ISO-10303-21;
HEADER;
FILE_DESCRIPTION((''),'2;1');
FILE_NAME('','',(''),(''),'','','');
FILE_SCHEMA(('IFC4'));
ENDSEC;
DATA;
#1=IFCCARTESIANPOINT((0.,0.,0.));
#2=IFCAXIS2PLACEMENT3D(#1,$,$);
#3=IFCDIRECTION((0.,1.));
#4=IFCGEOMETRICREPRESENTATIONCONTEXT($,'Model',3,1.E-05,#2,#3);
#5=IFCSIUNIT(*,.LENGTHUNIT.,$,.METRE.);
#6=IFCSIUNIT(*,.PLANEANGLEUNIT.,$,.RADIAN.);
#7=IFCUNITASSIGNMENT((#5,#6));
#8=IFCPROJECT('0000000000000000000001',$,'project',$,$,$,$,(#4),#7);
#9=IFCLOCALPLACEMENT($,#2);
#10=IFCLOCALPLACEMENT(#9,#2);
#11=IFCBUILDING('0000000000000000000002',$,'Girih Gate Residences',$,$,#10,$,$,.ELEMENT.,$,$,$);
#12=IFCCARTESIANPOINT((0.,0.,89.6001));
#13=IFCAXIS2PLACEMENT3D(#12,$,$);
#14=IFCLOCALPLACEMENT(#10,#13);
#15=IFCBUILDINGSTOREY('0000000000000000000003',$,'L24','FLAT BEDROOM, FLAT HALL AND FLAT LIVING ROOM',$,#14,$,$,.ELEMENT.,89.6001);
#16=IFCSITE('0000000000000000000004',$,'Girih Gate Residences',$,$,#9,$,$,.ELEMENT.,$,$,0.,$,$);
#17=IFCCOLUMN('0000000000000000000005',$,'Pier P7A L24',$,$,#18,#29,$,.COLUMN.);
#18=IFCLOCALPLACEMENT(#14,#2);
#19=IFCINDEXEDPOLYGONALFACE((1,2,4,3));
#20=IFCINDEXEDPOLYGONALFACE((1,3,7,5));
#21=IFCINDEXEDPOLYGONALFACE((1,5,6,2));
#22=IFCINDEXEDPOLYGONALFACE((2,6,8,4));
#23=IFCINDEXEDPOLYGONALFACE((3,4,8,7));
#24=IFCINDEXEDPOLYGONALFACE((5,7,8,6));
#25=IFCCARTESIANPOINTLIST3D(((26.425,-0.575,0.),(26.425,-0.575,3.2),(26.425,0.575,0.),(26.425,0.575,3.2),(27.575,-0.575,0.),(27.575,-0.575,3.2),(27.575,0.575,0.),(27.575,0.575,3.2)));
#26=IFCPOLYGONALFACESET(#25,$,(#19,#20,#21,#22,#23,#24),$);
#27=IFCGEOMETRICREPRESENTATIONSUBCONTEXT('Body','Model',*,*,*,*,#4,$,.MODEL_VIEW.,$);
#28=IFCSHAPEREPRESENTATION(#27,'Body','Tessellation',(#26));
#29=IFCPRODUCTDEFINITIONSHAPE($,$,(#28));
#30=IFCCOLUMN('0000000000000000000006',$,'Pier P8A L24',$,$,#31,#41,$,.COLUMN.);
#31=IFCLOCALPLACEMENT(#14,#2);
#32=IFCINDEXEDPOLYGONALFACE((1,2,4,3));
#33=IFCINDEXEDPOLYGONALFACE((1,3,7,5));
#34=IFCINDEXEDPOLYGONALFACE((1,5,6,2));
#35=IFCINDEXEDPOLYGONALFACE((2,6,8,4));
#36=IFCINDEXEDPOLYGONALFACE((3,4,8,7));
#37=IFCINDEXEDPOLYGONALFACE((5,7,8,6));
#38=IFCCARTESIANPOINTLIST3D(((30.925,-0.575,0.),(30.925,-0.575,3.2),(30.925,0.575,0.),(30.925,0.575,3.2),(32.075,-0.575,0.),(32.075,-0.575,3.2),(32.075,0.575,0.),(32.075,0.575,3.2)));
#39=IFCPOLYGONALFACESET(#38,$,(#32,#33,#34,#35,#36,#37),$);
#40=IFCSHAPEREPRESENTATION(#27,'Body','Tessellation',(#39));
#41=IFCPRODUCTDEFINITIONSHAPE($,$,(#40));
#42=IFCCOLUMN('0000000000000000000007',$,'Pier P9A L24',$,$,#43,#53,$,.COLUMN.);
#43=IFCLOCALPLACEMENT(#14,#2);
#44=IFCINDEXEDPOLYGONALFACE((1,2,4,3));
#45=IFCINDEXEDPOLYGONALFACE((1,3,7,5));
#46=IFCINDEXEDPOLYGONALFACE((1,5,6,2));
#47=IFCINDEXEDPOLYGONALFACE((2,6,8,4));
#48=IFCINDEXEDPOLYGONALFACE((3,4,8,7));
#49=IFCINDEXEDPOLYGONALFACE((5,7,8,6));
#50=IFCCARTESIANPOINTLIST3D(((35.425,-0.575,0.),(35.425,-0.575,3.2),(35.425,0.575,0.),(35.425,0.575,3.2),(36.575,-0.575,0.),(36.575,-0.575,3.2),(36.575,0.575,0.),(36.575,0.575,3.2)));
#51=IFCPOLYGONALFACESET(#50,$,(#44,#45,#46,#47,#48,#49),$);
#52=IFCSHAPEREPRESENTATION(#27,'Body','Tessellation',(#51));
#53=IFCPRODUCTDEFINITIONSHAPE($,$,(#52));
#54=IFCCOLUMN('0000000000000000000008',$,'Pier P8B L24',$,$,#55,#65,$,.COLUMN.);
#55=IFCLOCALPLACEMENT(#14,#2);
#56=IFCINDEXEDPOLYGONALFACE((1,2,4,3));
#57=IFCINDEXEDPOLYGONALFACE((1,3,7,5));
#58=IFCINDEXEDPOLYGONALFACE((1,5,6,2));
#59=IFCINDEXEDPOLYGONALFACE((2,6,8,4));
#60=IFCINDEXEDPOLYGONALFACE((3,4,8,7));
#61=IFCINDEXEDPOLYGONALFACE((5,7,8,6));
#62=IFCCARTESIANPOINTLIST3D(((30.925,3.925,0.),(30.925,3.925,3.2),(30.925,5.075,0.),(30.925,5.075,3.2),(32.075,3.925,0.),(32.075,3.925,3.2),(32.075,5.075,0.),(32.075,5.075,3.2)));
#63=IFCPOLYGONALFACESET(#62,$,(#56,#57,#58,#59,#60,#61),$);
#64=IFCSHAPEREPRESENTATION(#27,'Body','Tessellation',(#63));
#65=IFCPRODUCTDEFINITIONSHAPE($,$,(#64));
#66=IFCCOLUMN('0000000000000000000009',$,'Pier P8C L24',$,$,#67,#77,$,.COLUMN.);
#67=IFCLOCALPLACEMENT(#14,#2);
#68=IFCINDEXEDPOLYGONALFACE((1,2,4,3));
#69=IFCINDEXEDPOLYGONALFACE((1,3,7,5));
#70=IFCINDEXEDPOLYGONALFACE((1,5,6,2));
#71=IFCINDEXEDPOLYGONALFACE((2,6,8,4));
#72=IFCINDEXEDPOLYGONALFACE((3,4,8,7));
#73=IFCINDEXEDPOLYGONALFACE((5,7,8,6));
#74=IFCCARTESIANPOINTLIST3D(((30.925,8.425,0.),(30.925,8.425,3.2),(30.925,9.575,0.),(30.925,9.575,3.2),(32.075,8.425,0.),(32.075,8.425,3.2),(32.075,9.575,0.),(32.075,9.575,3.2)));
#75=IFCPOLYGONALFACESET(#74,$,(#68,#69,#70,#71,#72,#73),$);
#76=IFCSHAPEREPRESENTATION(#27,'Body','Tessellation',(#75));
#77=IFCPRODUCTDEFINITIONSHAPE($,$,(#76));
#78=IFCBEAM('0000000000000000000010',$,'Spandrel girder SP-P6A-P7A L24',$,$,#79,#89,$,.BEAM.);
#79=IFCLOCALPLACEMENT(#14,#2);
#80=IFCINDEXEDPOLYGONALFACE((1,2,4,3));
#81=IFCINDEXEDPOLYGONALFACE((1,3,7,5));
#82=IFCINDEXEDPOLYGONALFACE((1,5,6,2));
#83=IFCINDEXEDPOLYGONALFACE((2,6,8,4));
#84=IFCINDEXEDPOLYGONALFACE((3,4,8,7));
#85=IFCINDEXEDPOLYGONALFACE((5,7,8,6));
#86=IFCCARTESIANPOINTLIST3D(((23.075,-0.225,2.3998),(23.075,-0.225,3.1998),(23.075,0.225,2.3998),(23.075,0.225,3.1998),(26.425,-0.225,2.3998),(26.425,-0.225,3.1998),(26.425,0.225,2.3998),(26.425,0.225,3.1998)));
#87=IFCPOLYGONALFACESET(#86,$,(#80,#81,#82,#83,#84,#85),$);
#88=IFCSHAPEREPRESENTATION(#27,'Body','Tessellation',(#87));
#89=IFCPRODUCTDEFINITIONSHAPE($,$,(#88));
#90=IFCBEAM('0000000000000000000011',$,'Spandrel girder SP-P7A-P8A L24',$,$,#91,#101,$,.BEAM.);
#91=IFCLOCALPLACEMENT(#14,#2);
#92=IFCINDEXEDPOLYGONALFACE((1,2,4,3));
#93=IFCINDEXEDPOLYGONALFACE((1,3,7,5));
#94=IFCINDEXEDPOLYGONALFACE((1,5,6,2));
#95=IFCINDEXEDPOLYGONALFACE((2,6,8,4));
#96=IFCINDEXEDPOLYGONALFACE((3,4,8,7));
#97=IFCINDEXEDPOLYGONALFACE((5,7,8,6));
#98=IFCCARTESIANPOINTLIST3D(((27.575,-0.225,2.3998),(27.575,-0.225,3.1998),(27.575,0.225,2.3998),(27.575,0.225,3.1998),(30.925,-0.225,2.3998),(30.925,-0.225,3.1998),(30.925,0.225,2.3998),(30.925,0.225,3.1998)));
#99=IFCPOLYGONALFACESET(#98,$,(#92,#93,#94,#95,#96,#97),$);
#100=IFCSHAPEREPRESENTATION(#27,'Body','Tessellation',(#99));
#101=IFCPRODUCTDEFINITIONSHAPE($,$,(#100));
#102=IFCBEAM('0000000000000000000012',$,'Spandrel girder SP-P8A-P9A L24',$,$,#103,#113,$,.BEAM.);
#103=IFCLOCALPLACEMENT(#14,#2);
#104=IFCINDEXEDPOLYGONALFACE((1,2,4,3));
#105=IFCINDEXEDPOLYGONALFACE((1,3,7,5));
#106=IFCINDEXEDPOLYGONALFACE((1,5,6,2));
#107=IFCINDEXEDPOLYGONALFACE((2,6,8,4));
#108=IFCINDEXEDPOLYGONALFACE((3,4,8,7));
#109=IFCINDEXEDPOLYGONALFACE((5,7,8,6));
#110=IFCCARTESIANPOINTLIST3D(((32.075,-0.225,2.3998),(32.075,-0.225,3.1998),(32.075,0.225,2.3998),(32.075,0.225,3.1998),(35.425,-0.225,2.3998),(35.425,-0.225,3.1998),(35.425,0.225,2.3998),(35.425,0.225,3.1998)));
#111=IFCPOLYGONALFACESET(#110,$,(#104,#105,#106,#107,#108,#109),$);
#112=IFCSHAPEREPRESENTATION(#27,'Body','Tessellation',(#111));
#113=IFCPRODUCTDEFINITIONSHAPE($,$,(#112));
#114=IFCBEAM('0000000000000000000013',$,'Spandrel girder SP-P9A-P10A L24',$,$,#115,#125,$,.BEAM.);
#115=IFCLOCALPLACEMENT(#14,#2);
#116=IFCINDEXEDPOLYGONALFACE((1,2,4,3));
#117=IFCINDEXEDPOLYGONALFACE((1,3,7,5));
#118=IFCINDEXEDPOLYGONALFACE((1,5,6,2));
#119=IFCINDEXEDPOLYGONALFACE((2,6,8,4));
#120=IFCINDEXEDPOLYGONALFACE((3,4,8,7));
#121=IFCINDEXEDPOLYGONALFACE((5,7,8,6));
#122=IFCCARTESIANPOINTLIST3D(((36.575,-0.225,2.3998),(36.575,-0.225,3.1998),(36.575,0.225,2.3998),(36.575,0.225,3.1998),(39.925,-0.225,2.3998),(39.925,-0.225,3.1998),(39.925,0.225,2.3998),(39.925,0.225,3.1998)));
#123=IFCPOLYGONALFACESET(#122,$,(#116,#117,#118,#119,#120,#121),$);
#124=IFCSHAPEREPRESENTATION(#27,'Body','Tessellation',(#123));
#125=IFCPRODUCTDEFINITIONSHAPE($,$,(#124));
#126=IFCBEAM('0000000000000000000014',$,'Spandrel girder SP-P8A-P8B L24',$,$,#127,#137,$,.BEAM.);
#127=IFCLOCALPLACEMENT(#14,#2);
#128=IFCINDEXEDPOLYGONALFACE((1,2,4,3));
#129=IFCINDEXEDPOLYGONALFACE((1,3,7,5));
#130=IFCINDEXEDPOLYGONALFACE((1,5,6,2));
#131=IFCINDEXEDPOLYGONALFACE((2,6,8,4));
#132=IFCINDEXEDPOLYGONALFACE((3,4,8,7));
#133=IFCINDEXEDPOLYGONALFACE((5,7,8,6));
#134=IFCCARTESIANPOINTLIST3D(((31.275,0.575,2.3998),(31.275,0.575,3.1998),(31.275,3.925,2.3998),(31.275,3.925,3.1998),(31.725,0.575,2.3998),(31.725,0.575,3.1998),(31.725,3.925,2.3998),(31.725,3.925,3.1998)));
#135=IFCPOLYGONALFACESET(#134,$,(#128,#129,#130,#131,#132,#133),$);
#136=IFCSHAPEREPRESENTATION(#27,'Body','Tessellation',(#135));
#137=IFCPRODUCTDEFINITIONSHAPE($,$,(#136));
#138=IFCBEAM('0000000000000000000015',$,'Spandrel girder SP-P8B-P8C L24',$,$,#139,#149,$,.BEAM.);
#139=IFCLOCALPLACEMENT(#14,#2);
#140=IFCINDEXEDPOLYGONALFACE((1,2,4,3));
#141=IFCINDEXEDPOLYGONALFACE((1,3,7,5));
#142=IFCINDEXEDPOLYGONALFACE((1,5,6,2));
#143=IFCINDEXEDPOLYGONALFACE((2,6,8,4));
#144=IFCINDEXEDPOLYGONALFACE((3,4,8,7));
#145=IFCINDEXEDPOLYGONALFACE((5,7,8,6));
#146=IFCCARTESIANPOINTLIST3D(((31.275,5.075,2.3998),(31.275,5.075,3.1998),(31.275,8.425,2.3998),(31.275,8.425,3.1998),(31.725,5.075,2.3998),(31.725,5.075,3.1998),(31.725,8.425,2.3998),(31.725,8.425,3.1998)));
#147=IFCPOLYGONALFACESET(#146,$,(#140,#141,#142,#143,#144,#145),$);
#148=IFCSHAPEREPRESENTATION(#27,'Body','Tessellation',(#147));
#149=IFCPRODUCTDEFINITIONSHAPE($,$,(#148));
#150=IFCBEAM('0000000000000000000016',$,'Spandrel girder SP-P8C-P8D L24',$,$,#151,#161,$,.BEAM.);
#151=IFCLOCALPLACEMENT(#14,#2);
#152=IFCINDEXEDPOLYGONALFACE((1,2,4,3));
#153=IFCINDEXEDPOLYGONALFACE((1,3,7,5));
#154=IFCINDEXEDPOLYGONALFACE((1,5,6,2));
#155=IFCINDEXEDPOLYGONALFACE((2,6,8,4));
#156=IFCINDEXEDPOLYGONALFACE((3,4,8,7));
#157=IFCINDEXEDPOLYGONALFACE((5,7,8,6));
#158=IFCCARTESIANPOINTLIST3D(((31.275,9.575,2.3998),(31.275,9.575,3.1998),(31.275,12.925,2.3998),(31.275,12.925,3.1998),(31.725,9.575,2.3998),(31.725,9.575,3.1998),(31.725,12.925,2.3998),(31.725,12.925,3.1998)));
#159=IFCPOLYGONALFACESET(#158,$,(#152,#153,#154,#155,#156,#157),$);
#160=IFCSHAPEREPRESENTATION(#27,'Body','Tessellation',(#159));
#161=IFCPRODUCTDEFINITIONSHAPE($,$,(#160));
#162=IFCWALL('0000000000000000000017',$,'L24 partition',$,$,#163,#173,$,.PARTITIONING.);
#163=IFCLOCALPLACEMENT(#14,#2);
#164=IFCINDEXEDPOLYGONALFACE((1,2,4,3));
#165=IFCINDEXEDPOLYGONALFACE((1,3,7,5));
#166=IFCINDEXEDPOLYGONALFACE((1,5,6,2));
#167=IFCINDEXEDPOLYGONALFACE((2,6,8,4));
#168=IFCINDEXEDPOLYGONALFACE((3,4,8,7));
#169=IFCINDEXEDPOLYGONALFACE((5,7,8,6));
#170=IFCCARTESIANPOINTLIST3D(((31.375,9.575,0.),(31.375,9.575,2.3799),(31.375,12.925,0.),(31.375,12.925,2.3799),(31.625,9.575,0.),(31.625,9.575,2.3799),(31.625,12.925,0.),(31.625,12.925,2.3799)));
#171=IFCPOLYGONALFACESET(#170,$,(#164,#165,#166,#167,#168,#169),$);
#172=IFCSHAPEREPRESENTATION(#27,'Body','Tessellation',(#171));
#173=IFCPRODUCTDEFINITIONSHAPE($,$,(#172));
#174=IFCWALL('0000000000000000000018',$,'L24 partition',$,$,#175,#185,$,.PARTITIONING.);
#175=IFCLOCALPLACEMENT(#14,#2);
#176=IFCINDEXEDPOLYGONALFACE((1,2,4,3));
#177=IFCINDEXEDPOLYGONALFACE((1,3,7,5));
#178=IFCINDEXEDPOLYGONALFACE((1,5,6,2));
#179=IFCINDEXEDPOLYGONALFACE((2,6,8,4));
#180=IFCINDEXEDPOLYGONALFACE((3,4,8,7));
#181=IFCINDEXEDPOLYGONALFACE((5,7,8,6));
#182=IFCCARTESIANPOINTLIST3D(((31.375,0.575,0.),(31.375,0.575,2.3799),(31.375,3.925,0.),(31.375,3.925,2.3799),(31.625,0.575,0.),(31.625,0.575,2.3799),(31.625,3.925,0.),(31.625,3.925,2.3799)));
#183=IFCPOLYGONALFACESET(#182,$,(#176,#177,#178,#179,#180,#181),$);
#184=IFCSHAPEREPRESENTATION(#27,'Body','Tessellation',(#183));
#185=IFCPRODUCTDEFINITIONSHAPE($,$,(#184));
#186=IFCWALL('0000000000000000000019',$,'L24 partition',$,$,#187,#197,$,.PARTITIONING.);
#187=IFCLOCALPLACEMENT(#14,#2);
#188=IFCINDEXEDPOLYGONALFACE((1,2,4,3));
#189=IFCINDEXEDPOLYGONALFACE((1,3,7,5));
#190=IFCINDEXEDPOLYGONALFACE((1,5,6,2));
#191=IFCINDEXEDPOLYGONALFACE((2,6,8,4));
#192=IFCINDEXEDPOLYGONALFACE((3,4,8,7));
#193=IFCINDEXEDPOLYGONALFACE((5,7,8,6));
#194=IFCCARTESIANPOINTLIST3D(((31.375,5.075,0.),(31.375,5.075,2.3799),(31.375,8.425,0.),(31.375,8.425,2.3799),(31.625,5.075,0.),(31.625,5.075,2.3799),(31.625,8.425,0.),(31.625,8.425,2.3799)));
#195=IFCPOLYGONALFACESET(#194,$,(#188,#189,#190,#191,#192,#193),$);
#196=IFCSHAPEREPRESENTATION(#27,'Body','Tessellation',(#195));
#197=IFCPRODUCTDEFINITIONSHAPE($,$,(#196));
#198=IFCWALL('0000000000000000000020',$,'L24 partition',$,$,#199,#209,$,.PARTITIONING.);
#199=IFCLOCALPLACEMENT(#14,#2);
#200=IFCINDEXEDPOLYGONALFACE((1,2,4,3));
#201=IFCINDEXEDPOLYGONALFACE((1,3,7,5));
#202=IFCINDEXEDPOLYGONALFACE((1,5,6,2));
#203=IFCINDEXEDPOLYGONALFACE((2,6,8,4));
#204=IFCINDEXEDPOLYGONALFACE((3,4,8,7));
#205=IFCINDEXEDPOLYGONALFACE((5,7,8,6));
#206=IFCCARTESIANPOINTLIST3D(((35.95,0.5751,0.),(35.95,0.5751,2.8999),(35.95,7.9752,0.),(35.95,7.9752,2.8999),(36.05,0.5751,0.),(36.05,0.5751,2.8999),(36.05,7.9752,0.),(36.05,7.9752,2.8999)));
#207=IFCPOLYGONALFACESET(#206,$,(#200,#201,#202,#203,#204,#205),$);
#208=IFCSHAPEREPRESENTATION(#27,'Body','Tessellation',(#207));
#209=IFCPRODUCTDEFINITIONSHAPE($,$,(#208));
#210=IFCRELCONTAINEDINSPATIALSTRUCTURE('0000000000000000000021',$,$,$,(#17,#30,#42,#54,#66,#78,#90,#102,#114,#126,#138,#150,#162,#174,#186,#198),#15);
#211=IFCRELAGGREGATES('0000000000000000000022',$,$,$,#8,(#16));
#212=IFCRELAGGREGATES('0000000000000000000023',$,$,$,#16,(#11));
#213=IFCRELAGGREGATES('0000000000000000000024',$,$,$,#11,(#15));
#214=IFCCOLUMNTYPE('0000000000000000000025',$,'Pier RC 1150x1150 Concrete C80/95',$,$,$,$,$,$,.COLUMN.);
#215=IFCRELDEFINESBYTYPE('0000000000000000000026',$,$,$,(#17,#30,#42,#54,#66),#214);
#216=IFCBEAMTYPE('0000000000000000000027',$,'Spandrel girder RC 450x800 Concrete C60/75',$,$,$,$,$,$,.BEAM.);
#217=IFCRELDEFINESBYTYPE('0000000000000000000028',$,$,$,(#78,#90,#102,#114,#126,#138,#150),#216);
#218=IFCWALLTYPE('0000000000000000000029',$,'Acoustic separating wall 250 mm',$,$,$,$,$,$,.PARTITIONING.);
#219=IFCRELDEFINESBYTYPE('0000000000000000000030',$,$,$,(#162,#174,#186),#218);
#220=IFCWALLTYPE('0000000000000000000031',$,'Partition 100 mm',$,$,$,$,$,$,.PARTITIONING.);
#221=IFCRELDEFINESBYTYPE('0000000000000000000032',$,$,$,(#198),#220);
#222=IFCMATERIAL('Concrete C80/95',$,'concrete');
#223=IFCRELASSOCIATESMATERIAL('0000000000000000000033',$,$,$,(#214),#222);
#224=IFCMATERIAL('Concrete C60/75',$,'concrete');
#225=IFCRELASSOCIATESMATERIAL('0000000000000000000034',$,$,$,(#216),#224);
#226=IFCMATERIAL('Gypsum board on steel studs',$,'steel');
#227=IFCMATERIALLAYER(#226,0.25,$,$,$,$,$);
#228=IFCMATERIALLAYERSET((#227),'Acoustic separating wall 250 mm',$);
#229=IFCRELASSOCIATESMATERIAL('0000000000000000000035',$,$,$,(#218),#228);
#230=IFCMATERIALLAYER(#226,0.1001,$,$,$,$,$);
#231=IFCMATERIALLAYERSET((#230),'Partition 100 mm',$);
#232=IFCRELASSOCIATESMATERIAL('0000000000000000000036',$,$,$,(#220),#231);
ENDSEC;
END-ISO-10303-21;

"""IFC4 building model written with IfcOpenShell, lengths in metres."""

from ifc_helpers import new_model, si_unit, direction, frame, frame_2d, origin, origin_2d, place, context, subcontext, project, spatial, rectangle, extrude, material, layer, layer_set, material_profile, profile_set, type_object, element, save


model = new_model("IFC4")

# Units and contexts
model_context = context("Model", 3, precision=1e-05, world=origin(), true_north=direction((0.0, 1.0)))
body_context = subcontext(model_context, "Body", "Model", "MODEL_VIEW")
ifc_project = project(units=[si_unit("LENGTHUNIT", "METRE"), si_unit("PLANEANGLEUNIT", "RADIAN")], contexts=[model_context])

# Site, building, storey
site_placement = place(None, origin())
site = spatial("IfcSite", under=ifc_project, at=site_placement, Name="Girih Gate Residences", CompositionType="ELEMENT", RefElevation=0.0)
building_placement = place(site_placement, origin())
building = spatial("IfcBuilding", under=site, at=building_placement, Name="Girih Gate Residences", CompositionType="ELEMENT")
storey_placement = place(building_placement, frame((0.0, 0.0, 89.6001)))
storey = spatial("IfcBuildingStorey", under=building, at=storey_placement, Name="L24", Description="FLAT BEDROOM, FLAT HALL AND FLAT LIVING ROOM", CompositionType="ELEMENT", Elevation=89.6001)

# Columns
ifc_material_1 = material(Name="Concrete C80/95", Category="concrete")
ifc_material_profile_1 = material_profile(ifc_material_1, rectangle(XDim=1.1499, YDim=1.1499, at=origin_2d()))
ifc_profile_set_1 = profile_set([ifc_material_profile_1], Name="Concrete C80/95")
column_type = type_object("IfcColumnType", Name="Pier RC 1150x1150 Concrete C80/95", PredefinedType="COLUMN", material=ifc_profile_set_1)
for number, where, z_axis, x_axis, name in (
    (1, (27.0, 0.0, 0.0), (0.0, 0.0, 1.0), (1.0, 0.0, 0.0), "Pier P7A L24"),
    (2, (31.5, 0.0, 0.0), (0.0, 0.0, 1.0), (1.0, 0.0, 0.0), "Pier P8A L24"),
    (3, (36.0, 0.0, 0.0), (0.0, 0.0, 1.0), (1.0, 0.0, 0.0), "Pier P9A L24"),
    (4, (31.5, 4.5, 0.0), (0.0, 0.0, 1.0), (1.0, 0.0, 0.0), "Pier P8B L24"),
    (5, (31.5, 9.0, 0.0), (0.0, 0.0, 1.0), (1.0, 0.0, 0.0), "Pier P8C L24"),
):
    element("IfcColumn", number, at=place(storey_placement, frame(where, z_axis=z_axis, x_axis=x_axis)), inside=storey, type_object=column_type, Name=name, PredefinedType="COLUMN", context=body_context, shape_type="SweptSolid", body=[
        extrude(rectangle(XDim=1.1499, YDim=1.1499, at=origin_2d()), origin(), (0.0, 0.0, 1.0), 3.2),
    ])

# Beams
ifc_material_2 = material(Name="Concrete C60/75", Category="concrete")
ifc_material_profile_2 = material_profile(ifc_material_2, rectangle(XDim=0.45, YDim=0.8, at=origin_2d()))
ifc_profile_set_2 = profile_set([ifc_material_profile_2], Name="Concrete C60/75")
beam_type = type_object("IfcBeamType", Name="Spandrel girder RC 450x800 Concrete C60/75", PredefinedType="BEAM", material=ifc_profile_set_2)
for number, where, z_axis, x_axis, name in (
    (6, (23.075, 0.0, 2.7998), (1.0, 0.0, 0.0), (0.0, 1.0, 0.0), "Spandrel girder SP-P6A-P7A L24"),
    (7, (27.575, 0.0, 2.7998), (1.0, 0.0, 0.0), (0.0, 1.0, 0.0), "Spandrel girder SP-P7A-P8A L24"),
    (8, (32.075, 0.0, 2.7998), (1.0, 0.0, 0.0), (0.0, 1.0, 0.0), "Spandrel girder SP-P8A-P9A L24"),
    (9, (36.575, 0.0, 2.7998), (1.0, 0.0, 0.0), (0.0, 1.0, 0.0), "Spandrel girder SP-P9A-P10A L24"),
    (10, (31.5, 0.575, 2.7998), (0.0, 1.0, 0.0), (-1.0, 0.0, 0.0), "Spandrel girder SP-P8A-P8B L24"),
    (11, (31.5, 5.075, 2.7998), (0.0, 1.0, 0.0), (-1.0, 0.0, 0.0), "Spandrel girder SP-P8B-P8C L24"),
    (12, (31.5, 9.575, 2.7998), (0.0, 1.0, 0.0), (-1.0, 0.0, 0.0), "Spandrel girder SP-P8C-P8D L24"),
):
    element("IfcBeam", number, at=place(storey_placement, frame(where, z_axis=z_axis, x_axis=x_axis)), inside=storey, type_object=beam_type, Name=name, PredefinedType="BEAM", context=body_context, shape_type="SweptSolid", body=[
        extrude(rectangle(XDim=0.45, YDim=0.8, at=origin_2d()), origin(), (0.0, 0.0, 1.0), 3.3501),
    ])

# Walls
ifc_material_3 = material(Name="Gypsum board on steel studs", Category="steel")
ifc_layer_1 = layer(ifc_material_3, 0.25)
ifc_layer_set_1 = layer_set([ifc_layer_1], Name="Acoustic separating wall 250 mm")
wall_type_1 = type_object("IfcWallType", Name="Acoustic separating wall 250 mm", PredefinedType="PARTITIONING", material=ifc_layer_set_1)
for number, where, z_axis, x_axis, name in (
    (13, (31.5, 9.575, 0.0), (0.0, 0.0, 1.0), (0.0, 1.0, 0.0), "L24 partition"),
    (14, (31.5, 0.575, 0.0), (0.0, 0.0, 1.0), (0.0, 1.0, 0.0), "L24 partition"),
    (15, (31.5, 5.075, 0.0), (0.0, 0.0, 1.0), (0.0, 1.0, 0.0), "L24 partition"),
):
    element("IfcWall", number, at=place(storey_placement, frame(where, z_axis=z_axis, x_axis=x_axis)), inside=storey, type_object=wall_type_1, Name=name, PredefinedType="PARTITIONING", context=body_context, shape_type="SweptSolid", body=[
        extrude(rectangle(XDim=3.3501, YDim=0.25, at=frame_2d((1.675, 0.0))), origin(), (0.0, 0.0, 1.0), 2.3799),
    ])
ifc_layer_2 = layer(ifc_material_3, 0.1001)
ifc_layer_set_2 = layer_set([ifc_layer_2], Name="Partition 100 mm")
wall_type_2 = type_object("IfcWallType", Name="Partition 100 mm", PredefinedType="PARTITIONING", material=ifc_layer_set_2)
wall_1_placement = place(storey_placement, frame((36.0, 0.575, 0.0), z_axis=(0.0, 0.0, 1.0), x_axis=(0.0, 1.0, 0.0)))
element("IfcWall", 16, at=wall_1_placement, inside=storey, type_object=wall_type_2, Name="L24 partition", PredefinedType="PARTITIONING", context=body_context, shape_type="SweptSolid", body=[
    extrude(rectangle(XDim=7.4001, YDim=0.1001, at=frame_2d((3.7002, 0.0))), origin(), (0.0, 0.0, 1.0), 2.8999),
])

save(model, "model.ifc")
